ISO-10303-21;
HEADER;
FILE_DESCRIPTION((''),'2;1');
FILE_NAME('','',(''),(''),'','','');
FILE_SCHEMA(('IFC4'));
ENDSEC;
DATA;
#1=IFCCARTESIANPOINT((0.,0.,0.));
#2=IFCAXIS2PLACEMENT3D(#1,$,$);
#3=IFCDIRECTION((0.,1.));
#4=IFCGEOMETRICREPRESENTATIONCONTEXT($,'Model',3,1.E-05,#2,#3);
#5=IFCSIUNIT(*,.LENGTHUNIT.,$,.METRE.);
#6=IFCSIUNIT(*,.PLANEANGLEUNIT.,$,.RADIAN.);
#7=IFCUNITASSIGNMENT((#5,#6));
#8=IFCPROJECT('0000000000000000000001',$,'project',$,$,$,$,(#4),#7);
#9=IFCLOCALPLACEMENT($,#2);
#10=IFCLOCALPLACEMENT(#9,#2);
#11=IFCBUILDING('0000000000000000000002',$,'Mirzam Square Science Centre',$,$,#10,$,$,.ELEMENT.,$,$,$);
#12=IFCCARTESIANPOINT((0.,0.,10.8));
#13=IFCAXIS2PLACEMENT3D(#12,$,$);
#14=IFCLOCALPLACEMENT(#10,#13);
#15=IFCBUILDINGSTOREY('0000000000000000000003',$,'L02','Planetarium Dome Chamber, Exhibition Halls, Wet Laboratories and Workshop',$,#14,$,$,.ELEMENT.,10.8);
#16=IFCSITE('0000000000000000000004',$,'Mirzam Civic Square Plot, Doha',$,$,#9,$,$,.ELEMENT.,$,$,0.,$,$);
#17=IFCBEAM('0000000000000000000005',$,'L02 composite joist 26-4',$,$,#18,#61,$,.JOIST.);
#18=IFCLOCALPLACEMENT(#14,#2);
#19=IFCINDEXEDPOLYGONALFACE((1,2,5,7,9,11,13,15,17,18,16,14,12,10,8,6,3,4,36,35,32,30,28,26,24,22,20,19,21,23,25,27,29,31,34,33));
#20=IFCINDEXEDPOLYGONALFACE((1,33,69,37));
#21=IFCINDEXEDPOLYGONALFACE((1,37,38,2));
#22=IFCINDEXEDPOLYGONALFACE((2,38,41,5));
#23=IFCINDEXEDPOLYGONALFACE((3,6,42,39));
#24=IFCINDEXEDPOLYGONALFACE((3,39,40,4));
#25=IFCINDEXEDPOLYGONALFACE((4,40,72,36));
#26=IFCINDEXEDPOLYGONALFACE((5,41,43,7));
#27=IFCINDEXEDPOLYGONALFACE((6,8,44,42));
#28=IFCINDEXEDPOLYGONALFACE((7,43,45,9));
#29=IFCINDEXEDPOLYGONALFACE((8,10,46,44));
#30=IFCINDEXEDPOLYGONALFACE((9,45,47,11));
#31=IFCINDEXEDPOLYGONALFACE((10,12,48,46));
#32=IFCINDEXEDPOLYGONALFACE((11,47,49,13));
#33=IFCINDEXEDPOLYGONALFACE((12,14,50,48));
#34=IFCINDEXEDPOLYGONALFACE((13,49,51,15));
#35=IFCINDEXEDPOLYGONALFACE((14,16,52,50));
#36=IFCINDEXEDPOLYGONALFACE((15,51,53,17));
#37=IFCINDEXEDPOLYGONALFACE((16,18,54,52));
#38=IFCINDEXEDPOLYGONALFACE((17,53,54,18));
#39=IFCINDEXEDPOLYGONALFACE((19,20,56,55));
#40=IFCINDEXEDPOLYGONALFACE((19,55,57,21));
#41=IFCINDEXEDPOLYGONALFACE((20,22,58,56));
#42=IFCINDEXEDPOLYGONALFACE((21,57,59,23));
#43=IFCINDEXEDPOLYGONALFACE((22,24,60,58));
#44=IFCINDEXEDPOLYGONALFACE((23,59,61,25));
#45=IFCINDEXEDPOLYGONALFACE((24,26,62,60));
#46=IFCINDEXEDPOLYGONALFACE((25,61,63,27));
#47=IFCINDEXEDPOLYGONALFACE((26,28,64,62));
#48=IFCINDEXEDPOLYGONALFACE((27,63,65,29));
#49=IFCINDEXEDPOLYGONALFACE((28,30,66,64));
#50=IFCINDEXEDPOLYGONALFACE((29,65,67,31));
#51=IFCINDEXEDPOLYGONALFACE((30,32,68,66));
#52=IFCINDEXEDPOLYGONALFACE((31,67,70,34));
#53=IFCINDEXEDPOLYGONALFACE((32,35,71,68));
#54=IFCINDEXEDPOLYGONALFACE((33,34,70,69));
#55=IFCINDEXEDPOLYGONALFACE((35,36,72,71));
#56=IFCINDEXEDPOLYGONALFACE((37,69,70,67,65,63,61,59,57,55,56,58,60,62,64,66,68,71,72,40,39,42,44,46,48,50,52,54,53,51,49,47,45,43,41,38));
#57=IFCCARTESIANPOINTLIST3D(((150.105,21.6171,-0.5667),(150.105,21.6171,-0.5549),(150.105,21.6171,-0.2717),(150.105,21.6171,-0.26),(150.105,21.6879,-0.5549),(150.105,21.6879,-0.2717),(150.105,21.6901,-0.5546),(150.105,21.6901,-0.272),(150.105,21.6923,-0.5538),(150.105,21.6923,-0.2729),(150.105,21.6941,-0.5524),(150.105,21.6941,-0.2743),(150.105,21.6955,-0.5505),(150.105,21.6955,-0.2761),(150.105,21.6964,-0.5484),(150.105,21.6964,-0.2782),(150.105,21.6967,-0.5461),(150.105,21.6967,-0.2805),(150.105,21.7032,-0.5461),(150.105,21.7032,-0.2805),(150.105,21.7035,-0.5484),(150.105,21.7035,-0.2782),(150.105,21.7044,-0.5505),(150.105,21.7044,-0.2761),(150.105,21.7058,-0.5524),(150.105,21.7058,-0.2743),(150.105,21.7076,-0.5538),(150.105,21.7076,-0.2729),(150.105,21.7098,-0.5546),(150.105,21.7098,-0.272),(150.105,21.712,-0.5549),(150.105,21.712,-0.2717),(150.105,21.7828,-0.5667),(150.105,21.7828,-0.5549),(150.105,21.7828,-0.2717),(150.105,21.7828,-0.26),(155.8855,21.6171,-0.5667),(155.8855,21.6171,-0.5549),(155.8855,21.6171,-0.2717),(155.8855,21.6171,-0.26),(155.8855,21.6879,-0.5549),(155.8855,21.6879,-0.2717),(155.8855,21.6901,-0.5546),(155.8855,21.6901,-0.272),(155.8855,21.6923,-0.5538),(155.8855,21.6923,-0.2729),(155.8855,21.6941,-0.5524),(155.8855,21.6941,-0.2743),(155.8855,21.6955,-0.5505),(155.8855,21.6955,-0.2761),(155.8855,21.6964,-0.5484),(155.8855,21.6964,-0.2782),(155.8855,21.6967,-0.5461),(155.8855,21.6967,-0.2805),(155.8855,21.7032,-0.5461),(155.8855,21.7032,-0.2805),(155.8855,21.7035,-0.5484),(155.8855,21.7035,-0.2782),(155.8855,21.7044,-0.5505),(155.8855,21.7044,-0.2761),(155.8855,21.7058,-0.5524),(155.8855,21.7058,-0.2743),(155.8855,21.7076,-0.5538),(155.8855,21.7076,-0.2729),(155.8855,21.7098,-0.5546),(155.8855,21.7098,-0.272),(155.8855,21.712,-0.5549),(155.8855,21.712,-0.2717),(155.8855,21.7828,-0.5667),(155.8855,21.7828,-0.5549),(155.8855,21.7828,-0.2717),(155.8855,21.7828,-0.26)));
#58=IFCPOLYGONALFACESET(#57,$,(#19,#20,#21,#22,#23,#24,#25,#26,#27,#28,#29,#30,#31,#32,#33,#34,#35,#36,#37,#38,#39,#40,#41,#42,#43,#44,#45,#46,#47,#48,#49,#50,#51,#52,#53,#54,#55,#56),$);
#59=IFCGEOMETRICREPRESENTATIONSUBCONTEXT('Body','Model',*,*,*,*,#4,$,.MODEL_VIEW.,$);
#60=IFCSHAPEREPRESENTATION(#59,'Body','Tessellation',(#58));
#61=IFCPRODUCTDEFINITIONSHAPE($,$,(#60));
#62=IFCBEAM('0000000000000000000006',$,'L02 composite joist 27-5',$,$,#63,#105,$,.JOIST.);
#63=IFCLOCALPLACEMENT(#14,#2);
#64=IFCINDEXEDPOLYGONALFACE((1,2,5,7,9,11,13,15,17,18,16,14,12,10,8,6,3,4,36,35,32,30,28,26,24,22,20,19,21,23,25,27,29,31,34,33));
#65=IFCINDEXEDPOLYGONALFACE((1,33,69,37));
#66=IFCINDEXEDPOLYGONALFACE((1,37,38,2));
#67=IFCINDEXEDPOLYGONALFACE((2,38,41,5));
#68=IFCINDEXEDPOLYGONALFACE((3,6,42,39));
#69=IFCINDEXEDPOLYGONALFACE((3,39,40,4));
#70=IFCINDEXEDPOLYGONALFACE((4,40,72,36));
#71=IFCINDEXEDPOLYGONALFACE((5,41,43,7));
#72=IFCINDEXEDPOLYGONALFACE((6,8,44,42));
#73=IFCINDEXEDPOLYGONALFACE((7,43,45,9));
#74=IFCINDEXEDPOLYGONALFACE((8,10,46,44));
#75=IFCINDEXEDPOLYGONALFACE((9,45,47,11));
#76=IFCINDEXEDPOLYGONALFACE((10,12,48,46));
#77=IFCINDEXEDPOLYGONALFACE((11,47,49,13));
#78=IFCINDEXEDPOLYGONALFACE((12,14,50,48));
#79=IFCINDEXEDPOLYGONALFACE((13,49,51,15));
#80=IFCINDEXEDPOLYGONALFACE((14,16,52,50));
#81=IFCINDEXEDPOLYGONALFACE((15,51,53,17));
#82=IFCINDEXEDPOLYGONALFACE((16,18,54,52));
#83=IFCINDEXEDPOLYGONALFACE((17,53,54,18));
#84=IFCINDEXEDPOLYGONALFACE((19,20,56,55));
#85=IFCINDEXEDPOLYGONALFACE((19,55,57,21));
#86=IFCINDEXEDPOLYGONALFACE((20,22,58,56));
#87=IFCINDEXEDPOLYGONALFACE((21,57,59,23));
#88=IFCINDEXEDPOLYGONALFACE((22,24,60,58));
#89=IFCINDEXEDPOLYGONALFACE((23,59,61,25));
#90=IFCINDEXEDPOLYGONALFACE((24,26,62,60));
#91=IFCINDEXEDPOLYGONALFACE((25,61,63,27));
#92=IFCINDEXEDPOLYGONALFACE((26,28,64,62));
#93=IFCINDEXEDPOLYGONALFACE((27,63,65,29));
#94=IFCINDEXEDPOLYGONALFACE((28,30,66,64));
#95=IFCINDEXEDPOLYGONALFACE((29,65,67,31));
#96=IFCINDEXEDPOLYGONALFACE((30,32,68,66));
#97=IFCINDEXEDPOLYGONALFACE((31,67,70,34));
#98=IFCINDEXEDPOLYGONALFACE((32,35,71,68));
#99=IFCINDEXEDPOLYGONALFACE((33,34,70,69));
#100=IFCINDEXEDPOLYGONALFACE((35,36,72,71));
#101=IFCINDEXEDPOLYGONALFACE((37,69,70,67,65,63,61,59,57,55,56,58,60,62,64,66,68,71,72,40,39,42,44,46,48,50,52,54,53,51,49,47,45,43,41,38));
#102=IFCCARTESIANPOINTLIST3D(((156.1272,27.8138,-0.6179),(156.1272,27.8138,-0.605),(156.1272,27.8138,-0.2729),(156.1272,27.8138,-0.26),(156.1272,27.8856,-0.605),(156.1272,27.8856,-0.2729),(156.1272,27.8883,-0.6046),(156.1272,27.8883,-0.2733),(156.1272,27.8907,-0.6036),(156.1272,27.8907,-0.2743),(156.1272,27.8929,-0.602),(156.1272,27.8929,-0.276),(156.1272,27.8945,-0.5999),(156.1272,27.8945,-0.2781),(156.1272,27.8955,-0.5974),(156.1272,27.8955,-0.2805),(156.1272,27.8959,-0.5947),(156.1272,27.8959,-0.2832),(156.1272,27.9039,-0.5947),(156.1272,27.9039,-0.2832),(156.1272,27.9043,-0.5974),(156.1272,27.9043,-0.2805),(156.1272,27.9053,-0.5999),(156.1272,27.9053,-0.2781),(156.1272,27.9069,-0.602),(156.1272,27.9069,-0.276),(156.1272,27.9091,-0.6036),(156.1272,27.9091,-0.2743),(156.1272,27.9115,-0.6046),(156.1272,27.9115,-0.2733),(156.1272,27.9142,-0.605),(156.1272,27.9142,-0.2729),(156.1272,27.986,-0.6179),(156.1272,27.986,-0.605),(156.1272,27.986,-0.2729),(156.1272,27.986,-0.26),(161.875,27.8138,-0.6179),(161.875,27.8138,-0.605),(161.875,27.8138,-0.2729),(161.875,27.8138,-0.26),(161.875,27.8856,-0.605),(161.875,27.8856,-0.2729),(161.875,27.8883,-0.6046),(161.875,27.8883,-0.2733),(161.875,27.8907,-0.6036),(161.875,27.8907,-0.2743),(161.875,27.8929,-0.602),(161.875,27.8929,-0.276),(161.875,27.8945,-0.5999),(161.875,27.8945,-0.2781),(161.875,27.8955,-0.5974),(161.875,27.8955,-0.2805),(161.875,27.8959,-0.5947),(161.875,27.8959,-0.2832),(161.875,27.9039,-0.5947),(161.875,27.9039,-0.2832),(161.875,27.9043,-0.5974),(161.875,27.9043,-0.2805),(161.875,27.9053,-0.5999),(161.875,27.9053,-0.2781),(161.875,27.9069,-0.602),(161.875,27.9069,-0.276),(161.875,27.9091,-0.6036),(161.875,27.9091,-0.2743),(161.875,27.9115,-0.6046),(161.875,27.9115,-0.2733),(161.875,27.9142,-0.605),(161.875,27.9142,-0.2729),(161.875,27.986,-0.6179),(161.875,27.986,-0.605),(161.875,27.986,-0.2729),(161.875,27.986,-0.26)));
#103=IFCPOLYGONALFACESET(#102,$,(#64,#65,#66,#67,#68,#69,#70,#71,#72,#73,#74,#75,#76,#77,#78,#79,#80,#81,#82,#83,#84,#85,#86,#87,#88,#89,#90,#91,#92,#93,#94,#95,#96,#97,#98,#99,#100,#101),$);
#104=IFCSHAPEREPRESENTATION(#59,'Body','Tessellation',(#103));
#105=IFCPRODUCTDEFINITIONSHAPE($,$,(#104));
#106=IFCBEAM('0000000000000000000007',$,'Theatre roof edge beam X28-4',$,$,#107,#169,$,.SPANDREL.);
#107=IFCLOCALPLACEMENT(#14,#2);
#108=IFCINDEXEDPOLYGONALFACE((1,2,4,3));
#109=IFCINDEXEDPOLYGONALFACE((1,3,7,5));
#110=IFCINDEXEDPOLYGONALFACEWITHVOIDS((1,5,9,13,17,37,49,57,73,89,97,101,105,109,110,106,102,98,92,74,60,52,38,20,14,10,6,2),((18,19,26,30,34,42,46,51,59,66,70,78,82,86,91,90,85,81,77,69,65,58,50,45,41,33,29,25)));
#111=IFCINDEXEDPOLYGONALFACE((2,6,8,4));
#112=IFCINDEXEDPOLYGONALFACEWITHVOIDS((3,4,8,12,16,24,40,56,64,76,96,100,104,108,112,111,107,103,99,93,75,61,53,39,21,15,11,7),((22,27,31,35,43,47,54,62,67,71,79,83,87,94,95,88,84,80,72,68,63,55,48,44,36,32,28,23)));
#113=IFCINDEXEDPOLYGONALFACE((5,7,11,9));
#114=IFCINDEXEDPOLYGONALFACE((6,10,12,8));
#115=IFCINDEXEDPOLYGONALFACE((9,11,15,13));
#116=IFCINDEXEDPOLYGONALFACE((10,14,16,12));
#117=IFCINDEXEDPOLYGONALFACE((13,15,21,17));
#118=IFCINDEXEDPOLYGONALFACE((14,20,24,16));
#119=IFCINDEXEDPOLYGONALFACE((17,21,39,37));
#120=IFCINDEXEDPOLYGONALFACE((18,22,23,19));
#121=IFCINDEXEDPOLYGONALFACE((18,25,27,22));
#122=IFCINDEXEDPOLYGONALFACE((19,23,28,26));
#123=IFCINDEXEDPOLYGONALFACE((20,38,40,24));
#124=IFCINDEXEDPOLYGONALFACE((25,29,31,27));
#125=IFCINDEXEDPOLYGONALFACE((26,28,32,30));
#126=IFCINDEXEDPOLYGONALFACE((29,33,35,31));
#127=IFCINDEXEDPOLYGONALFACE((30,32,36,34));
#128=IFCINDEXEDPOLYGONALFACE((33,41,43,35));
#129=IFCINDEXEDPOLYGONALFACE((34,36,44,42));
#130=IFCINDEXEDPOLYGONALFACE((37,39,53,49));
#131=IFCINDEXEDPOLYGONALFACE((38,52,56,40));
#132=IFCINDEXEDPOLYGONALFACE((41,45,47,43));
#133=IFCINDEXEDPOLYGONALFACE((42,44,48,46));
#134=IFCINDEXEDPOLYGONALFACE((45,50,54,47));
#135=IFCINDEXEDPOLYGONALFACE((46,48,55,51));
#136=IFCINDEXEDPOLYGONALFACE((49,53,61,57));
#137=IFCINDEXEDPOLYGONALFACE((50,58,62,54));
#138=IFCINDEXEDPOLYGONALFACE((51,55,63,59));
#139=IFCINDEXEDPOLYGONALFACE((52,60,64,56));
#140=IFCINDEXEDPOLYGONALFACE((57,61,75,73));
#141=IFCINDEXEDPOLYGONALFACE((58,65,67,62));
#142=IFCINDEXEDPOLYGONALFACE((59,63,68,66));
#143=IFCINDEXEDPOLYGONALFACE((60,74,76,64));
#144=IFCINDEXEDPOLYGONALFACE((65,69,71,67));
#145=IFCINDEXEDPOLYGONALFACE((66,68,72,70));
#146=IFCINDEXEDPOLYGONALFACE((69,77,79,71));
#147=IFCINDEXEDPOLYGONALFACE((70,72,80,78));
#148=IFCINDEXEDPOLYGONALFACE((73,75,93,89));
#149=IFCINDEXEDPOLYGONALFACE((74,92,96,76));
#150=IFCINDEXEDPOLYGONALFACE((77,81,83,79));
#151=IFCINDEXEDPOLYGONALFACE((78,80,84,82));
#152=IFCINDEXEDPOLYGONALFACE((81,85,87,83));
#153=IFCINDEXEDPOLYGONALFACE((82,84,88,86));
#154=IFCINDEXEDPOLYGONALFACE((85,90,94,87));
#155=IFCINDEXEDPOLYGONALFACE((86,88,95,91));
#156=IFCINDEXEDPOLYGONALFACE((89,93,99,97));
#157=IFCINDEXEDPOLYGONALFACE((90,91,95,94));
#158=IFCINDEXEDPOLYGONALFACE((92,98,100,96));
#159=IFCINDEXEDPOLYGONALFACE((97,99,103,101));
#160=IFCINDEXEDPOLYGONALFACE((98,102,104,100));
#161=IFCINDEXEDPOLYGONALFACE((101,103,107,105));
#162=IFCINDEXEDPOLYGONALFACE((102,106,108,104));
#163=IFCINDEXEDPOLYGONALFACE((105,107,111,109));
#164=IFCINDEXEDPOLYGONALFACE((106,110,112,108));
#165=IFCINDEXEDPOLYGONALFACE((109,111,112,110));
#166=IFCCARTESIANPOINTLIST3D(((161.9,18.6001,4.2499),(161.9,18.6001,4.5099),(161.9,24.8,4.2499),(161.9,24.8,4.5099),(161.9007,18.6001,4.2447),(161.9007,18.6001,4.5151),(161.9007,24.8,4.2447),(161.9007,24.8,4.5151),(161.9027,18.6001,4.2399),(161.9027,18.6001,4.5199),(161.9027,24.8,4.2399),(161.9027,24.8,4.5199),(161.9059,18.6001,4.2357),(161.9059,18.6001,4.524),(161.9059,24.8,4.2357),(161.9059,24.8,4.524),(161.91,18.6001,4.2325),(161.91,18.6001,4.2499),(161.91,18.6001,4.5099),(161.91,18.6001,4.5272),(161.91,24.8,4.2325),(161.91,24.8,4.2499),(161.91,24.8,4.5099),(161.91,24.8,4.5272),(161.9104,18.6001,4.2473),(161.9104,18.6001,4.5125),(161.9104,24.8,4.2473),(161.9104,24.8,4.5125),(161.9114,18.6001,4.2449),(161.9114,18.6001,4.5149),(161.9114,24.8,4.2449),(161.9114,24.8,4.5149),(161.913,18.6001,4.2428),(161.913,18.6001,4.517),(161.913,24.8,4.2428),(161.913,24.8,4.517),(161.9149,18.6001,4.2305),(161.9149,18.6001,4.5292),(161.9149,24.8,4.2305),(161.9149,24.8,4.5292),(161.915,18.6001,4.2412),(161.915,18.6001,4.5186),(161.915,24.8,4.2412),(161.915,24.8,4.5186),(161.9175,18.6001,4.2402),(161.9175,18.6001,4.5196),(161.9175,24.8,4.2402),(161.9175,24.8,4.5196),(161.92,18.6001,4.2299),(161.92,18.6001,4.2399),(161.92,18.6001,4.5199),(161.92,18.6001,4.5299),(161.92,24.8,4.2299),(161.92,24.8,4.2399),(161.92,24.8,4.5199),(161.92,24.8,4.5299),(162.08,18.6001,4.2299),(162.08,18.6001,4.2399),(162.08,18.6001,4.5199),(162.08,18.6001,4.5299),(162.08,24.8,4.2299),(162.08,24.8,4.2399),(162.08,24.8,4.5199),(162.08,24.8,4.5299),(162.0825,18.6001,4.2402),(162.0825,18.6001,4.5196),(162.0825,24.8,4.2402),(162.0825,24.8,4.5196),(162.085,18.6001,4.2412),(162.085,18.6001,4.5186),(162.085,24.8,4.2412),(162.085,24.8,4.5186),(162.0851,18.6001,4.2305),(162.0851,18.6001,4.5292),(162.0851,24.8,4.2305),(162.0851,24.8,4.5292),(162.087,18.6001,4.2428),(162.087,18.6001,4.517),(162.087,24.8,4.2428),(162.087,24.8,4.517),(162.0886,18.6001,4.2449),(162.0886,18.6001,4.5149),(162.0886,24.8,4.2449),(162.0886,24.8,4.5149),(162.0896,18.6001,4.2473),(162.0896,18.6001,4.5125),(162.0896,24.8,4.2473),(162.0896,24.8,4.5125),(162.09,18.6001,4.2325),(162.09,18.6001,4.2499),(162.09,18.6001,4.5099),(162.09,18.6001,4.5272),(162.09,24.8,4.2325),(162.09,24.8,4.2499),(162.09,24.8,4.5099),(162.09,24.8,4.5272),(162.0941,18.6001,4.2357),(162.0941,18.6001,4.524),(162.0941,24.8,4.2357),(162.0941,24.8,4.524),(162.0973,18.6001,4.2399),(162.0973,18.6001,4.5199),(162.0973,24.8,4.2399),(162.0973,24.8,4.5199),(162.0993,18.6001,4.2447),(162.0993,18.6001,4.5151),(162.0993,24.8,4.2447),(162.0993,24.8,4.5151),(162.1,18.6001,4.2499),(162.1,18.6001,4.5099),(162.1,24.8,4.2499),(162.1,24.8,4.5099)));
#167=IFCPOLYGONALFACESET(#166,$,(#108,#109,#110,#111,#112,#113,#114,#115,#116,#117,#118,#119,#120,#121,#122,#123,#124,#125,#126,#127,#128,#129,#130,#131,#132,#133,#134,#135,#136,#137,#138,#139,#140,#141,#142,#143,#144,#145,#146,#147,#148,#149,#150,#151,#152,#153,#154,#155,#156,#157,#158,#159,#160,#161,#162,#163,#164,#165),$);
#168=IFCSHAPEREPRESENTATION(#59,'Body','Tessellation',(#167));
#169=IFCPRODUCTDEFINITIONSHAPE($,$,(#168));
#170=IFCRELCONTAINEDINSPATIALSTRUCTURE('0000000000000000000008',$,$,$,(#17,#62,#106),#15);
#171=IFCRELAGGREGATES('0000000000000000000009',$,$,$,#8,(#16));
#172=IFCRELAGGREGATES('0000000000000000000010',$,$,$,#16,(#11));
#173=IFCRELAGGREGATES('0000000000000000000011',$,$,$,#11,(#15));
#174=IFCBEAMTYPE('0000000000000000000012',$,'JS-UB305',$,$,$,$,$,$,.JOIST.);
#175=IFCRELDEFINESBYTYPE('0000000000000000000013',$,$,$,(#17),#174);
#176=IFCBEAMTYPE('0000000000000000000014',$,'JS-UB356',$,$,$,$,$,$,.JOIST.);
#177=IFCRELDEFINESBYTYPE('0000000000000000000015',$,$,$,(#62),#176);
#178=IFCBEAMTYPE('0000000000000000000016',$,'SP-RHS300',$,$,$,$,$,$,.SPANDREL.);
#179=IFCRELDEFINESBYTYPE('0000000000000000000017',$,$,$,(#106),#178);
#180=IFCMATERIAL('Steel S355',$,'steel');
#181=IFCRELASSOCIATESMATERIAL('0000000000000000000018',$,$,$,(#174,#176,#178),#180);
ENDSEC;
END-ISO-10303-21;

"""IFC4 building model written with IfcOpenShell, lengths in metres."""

from ifc_helpers import new_model, si_unit, direction, frame, origin, origin_2d, place, context, subcontext, project, spatial, hollow_rectangle, i_section, extrude, material, material_profile, profile_set, type_object, element, save


model = new_model("IFC4")

# Units and contexts
model_context = context("Model", 3, precision=1e-05, world=origin(), true_north=direction((0.0, 1.0)))
body_context = subcontext(model_context, "Body", "Model", "MODEL_VIEW")
ifc_project = project(units=[si_unit("LENGTHUNIT", "METRE"), si_unit("PLANEANGLEUNIT", "RADIAN")], contexts=[model_context])

# Site, building, storey
site_placement = place(None, origin())
site = spatial("IfcSite", under=ifc_project, at=site_placement, Name="Mirzam Civic Square Plot, Doha", CompositionType="ELEMENT", RefElevation=0.0)
building_placement = place(site_placement, origin())
building = spatial("IfcBuilding", under=site, at=building_placement, Name="Mirzam Square Science Centre", CompositionType="ELEMENT")
storey_placement = place(building_placement, frame((0.0, 0.0, 10.8)))
storey = spatial("IfcBuildingStorey", under=building, at=storey_placement, Name="L02", Description="Planetarium Dome Chamber, Exhibition Halls, Wet Laboratories and Workshop", CompositionType="ELEMENT", Elevation=10.8)

# Shared definitions
ifc_material_1 = material(Name="Steel S355", Category="steel")

# Beams
ifc_material_profile_1 = material_profile(ifc_material_1, i_section(OverallWidth=0.1658, OverallDepth=0.3066, WebThickness=0.0066, FlangeThickness=0.0117, FilletRadius=0.0088, at=origin_2d()), Name="305x165x46UB")
ifc_profile_set_1 = profile_set([ifc_material_profile_1], Name="Steel S355")
beam_type_1 = type_object("IfcBeamType", Name="JS-UB305", PredefinedType="JOIST", material=ifc_profile_set_1)
beam_1_placement = place(storey_placement, frame((150.105, 21.7, -0.4133), z_axis=(1.0, 0.0, 0.0), x_axis=(0.0, 1.0, 0.0)))
element("IfcBeam", 1, at=beam_1_placement, inside=storey, type_object=beam_type_1, Name="L02 composite joist 26-4", PredefinedType="JOIST", context=body_context, shape_type="SweptSolid", body=[
    extrude(i_section(OverallWidth=0.1658, OverallDepth=0.3066, WebThickness=0.0066, FlangeThickness=0.0117, FilletRadius=0.0088, at=origin_2d()), origin(), (0.0, 0.0, 1.0), 5.7805),
])
ifc_material_profile_2 = material_profile(ifc_material_1, i_section(OverallWidth=0.1721, OverallDepth=0.3579, WebThickness=0.0081, FlangeThickness=0.0129, FilletRadius=0.0103, at=origin_2d()), Name="356x171x57UB")
ifc_profile_set_2 = profile_set([ifc_material_profile_2], Name="Steel S355")
beam_type_2 = type_object("IfcBeamType", Name="JS-UB356", PredefinedType="JOIST", material=ifc_profile_set_2)
beam_2_placement = place(storey_placement, frame((156.1272, 27.8999, -0.439), z_axis=(1.0, 0.0, 0.0), x_axis=(0.0, 1.0, 0.0)))
element("IfcBeam", 2, at=beam_2_placement, inside=storey, type_object=beam_type_2, Name="L02 composite joist 27-5", PredefinedType="JOIST", context=body_context, shape_type="SweptSolid", body=[
    extrude(i_section(OverallWidth=0.1721, OverallDepth=0.3579, WebThickness=0.0081, FlangeThickness=0.0129, FilletRadius=0.0103, at=origin_2d()), origin(), (0.0, 0.0, 1.0), 5.7478),
])
ifc_material_profile_3 = material_profile(ifc_material_1, hollow_rectangle(XDim=0.2, YDim=0.3, WallThickness=0.01, InnerFilletRadius=0.01, OuterFilletRadius=0.02, at=origin_2d()), Name="300x200x10.0RHS")
ifc_profile_set_3 = profile_set([ifc_material_profile_3], Name="Steel S355")
beam_type_3 = type_object("IfcBeamType", Name="SP-RHS300", PredefinedType="SPANDREL", material=ifc_profile_set_3)
for number, where, z_axis, x_axis, name in (
    (3, (162.0, 18.6001, 4.3799), (0.0, 1.0, 0.0), (-1.0, 0.0, 0.0), "Theatre roof edge beam X28-4"),
):
    element("IfcBeam", number, at=place(storey_placement, frame(where, z_axis=z_axis, x_axis=x_axis)), inside=storey, type_object=beam_type_3, Name=name, PredefinedType="SPANDREL", context=body_context, shape_type="SweptSolid", body=[
        extrude(hollow_rectangle(XDim=0.2, YDim=0.3, WallThickness=0.01, InnerFilletRadius=0.01, OuterFilletRadius=0.02, at=origin_2d()), origin(), (0.0, 0.0, 1.0), 6.2),
    ])

save(model, "model.ifc")
